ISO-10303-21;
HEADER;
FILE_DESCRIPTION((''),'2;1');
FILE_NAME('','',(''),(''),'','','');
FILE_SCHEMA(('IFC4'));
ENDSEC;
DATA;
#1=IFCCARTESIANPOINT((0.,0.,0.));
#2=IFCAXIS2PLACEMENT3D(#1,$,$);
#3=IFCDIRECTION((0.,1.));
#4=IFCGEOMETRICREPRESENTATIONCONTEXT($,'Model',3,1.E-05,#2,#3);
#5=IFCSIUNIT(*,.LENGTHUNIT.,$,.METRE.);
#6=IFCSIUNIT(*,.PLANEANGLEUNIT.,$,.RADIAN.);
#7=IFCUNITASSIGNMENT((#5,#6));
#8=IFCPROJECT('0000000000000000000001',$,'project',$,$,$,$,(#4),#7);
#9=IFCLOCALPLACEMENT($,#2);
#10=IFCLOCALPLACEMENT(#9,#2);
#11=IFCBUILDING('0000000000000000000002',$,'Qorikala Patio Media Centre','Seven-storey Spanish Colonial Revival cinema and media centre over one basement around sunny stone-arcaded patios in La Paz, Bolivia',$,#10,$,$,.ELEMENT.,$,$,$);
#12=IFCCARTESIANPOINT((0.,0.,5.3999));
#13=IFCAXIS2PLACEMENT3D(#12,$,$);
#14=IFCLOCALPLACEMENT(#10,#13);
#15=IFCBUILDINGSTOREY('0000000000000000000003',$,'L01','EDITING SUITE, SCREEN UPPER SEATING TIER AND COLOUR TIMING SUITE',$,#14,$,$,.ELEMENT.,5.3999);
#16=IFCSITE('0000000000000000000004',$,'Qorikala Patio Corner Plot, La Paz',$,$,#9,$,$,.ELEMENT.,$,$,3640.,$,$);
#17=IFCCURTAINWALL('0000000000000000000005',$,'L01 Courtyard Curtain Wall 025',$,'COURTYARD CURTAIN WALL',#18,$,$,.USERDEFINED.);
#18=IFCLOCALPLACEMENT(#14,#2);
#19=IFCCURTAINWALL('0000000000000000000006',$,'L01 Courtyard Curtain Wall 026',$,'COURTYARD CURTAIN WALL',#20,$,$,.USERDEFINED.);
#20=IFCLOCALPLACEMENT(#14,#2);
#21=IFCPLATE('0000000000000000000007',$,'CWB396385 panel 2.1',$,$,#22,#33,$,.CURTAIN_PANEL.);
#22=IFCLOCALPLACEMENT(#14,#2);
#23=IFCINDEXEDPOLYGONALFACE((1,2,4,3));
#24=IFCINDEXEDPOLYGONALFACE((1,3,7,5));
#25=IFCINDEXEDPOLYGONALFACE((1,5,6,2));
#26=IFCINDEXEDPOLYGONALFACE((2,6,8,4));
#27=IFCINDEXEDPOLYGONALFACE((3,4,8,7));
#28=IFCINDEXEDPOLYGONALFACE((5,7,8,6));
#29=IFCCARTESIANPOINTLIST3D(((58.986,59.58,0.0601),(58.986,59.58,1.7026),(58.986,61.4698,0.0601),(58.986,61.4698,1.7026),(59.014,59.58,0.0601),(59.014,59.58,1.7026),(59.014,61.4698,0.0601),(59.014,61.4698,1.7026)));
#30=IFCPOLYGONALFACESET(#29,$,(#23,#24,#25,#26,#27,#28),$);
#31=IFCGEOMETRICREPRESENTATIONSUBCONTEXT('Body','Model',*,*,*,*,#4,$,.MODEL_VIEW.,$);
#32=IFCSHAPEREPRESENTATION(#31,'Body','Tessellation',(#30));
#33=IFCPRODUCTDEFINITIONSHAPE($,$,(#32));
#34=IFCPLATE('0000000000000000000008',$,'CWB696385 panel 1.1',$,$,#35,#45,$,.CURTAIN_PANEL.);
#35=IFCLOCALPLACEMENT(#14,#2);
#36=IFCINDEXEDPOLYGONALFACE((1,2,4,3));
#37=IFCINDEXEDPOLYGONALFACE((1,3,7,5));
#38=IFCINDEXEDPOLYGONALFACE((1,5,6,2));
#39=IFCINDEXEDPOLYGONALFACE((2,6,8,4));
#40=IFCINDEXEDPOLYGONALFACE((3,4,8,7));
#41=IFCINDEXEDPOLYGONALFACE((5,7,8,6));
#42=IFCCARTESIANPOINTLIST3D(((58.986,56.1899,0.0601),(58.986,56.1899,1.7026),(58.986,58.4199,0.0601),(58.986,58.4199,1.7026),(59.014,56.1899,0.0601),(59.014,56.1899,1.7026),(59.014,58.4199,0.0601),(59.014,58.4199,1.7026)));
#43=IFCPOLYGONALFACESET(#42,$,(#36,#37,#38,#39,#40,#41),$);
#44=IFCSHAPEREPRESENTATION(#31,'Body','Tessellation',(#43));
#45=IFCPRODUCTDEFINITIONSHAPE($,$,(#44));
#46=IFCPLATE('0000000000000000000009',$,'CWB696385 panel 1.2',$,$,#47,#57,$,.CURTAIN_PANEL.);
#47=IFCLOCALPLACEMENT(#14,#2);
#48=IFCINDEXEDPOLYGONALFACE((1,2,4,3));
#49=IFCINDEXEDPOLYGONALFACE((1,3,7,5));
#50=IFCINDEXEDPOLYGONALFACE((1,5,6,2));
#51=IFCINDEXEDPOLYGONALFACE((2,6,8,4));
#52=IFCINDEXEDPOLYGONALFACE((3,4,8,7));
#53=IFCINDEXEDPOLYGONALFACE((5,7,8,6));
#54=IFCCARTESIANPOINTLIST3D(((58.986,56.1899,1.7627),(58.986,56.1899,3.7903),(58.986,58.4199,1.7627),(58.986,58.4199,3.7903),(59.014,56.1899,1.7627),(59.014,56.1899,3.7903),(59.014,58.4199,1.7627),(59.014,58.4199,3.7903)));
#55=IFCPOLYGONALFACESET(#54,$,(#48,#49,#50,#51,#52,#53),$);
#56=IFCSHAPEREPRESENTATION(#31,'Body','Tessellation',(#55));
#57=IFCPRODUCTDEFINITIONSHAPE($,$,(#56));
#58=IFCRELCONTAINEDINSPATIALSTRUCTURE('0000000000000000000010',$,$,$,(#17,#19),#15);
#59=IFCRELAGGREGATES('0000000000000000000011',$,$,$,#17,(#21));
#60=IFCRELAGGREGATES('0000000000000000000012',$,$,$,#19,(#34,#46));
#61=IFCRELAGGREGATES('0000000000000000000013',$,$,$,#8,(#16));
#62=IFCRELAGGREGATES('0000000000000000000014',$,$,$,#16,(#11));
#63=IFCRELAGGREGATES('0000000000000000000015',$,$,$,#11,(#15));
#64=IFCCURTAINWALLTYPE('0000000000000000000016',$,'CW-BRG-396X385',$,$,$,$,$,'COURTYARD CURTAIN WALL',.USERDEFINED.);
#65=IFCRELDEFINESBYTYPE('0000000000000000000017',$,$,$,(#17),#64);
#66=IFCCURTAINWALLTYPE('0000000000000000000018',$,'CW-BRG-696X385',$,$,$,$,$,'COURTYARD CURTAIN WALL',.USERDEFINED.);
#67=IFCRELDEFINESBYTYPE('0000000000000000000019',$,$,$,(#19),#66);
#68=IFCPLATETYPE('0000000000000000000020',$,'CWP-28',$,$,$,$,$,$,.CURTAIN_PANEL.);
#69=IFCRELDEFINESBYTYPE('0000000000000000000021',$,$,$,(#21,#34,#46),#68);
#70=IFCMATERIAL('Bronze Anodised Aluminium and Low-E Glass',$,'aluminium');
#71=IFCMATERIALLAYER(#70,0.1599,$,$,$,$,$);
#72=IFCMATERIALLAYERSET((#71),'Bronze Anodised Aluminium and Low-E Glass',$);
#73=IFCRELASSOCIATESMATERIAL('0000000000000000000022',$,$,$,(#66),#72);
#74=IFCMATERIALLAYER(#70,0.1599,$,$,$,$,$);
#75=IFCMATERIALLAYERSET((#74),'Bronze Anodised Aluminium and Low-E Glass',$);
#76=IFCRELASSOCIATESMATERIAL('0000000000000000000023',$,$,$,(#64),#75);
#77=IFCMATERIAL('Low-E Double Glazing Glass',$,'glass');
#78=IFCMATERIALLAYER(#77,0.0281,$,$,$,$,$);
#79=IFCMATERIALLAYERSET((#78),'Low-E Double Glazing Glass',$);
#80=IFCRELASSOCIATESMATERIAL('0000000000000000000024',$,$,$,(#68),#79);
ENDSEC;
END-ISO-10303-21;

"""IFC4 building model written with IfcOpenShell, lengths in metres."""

from ifc_helpers import new_model, si_unit, direction, frame, origin, origin_2d, place, context, subcontext, project, spatial, rectangle, extrude, material, layer, layer_set, type_object, element, aggregate, save


model = new_model("IFC4")

# Units and contexts
model_context = context("Model", 3, precision=1e-05, world=origin(), true_north=direction((0.0, 1.0)))
body_context = subcontext(model_context, "Body", "Model", "MODEL_VIEW")
ifc_project = project(units=[si_unit("LENGTHUNIT", "METRE"), si_unit("PLANEANGLEUNIT", "RADIAN")], contexts=[model_context])

# Site, building, storey
site_placement = place(None, origin())
site = spatial("IfcSite", under=ifc_project, at=site_placement, Name="Qorikala Patio Corner Plot, La Paz", CompositionType="ELEMENT", RefElevation=3640.0)
building_placement = place(site_placement, origin())
building = spatial("IfcBuilding", under=site, at=building_placement, Name="Qorikala Patio Media Centre", Description="Seven-storey Spanish Colonial Revival cinema and media centre over one basement around sunny stone-arcaded patios in La Paz, Bolivia", CompositionType="ELEMENT")
storey_placement = place(building_placement, frame((0.0, 0.0, 5.3999)))
storey = spatial("IfcBuildingStorey", under=building, at=storey_placement, Name="L01", Description="EDITING SUITE, SCREEN UPPER SEATING TIER AND COLOUR TIMING SUITE", CompositionType="ELEMENT", Elevation=5.3999)

# Shared definitions
ifc_material_1 = material(Name="Bronze Anodised Aluminium and Low-E Glass", Category="aluminium")
ifc_layer_1 = layer(ifc_material_1, 0.1599)
ifc_layer_set_1 = layer_set([ifc_layer_1], Name="Bronze Anodised Aluminium and Low-E Glass")
curtain_wall_type_1 = type_object("IfcCurtainWallType", Name="CW-BRG-696X385", ElementType="COURTYARD CURTAIN WALL", PredefinedType="USERDEFINED", material=ifc_layer_set_1)

# Curtain wall
ifc_layer_2 = layer(ifc_material_1, 0.1599)
ifc_layer_set_2 = layer_set([ifc_layer_2], Name="Bronze Anodised Aluminium and Low-E Glass")
curtain_wall_type_2 = type_object("IfcCurtainWallType", Name="CW-BRG-396X385", ElementType="COURTYARD CURTAIN WALL", PredefinedType="USERDEFINED", material=ifc_layer_set_2)
curtain_wall_1_placement = place(storey_placement, origin())
curtain_wall_1 = element("IfcCurtainWall", 1, at=curtain_wall_1_placement, inside=storey, type_object=curtain_wall_type_2, Name="L01 Courtyard Curtain Wall 025", ObjectType="COURTYARD CURTAIN WALL", PredefinedType="USERDEFINED")

# Curtain wall
curtain_wall_2_placement = place(storey_placement, origin())
curtain_wall_2 = element("IfcCurtainWall", 2, at=curtain_wall_2_placement, inside=storey, type_object=curtain_wall_type_1, Name="L01 Courtyard Curtain Wall 026", ObjectType="COURTYARD CURTAIN WALL", PredefinedType="USERDEFINED")

# Plates
ifc_material_2 = material(Name="Low-E Double Glazing Glass", Category="glass")
ifc_layer_3 = layer(ifc_material_2, 0.0281)
ifc_layer_set_3 = layer_set([ifc_layer_3], Name="Low-E Double Glazing Glass")
plate_type = type_object("IfcPlateType", Name="CWP-28", PredefinedType="CURTAIN_PANEL", material=ifc_layer_set_3)
plate_1_placement = place(storey_placement, frame((59.0, 60.5249, 0.0601), z_axis=(0.0, 0.0, 1.0), x_axis=(0.0, -1.0, 0.0)))
plate_1 = element("IfcPlate", 3, at=plate_1_placement, type_object=plate_type, Name="CWB396385 panel 2.1", PredefinedType="CURTAIN_PANEL", context=body_context, shape_type="SweptSolid", body=[
    extrude(rectangle(XDim=1.8899, YDim=0.0281, at=origin_2d()), origin(), (0.0, 0.0, 1.0), 1.6426),
])
aggregate(curtain_wall_1, [plate_1])
plate_2_placement = place(storey_placement, frame((59.0, 57.3049, 0.0601), z_axis=(0.0, 0.0, 1.0), x_axis=(0.0, -1.0, 0.0)))
plate_2 = element("IfcPlate", 4, at=plate_2_placement, type_object=plate_type, Name="CWB696385 panel 1.1", PredefinedType="CURTAIN_PANEL", context=body_context, shape_type="SweptSolid", body=[
    extrude(rectangle(XDim=2.23, YDim=0.0281, at=origin_2d()), origin(), (0.0, 0.0, 1.0), 1.6426),
])
plate_3_placement = place(storey_placement, frame((59.0, 57.3049, 1.7627), z_axis=(0.0, 0.0, 1.0), x_axis=(0.0, -1.0, 0.0)))
plate_3 = element("IfcPlate", 5, at=plate_3_placement, type_object=plate_type, Name="CWB696385 panel 1.2", PredefinedType="CURTAIN_PANEL", context=body_context, shape_type="SweptSolid", body=[
    extrude(rectangle(XDim=2.23, YDim=0.0281, at=origin_2d()), origin(), (0.0, 0.0, 1.0), 2.0276),
])
aggregate(curtain_wall_2, [plate_2, plate_3])

save(model, "model.ifc")
